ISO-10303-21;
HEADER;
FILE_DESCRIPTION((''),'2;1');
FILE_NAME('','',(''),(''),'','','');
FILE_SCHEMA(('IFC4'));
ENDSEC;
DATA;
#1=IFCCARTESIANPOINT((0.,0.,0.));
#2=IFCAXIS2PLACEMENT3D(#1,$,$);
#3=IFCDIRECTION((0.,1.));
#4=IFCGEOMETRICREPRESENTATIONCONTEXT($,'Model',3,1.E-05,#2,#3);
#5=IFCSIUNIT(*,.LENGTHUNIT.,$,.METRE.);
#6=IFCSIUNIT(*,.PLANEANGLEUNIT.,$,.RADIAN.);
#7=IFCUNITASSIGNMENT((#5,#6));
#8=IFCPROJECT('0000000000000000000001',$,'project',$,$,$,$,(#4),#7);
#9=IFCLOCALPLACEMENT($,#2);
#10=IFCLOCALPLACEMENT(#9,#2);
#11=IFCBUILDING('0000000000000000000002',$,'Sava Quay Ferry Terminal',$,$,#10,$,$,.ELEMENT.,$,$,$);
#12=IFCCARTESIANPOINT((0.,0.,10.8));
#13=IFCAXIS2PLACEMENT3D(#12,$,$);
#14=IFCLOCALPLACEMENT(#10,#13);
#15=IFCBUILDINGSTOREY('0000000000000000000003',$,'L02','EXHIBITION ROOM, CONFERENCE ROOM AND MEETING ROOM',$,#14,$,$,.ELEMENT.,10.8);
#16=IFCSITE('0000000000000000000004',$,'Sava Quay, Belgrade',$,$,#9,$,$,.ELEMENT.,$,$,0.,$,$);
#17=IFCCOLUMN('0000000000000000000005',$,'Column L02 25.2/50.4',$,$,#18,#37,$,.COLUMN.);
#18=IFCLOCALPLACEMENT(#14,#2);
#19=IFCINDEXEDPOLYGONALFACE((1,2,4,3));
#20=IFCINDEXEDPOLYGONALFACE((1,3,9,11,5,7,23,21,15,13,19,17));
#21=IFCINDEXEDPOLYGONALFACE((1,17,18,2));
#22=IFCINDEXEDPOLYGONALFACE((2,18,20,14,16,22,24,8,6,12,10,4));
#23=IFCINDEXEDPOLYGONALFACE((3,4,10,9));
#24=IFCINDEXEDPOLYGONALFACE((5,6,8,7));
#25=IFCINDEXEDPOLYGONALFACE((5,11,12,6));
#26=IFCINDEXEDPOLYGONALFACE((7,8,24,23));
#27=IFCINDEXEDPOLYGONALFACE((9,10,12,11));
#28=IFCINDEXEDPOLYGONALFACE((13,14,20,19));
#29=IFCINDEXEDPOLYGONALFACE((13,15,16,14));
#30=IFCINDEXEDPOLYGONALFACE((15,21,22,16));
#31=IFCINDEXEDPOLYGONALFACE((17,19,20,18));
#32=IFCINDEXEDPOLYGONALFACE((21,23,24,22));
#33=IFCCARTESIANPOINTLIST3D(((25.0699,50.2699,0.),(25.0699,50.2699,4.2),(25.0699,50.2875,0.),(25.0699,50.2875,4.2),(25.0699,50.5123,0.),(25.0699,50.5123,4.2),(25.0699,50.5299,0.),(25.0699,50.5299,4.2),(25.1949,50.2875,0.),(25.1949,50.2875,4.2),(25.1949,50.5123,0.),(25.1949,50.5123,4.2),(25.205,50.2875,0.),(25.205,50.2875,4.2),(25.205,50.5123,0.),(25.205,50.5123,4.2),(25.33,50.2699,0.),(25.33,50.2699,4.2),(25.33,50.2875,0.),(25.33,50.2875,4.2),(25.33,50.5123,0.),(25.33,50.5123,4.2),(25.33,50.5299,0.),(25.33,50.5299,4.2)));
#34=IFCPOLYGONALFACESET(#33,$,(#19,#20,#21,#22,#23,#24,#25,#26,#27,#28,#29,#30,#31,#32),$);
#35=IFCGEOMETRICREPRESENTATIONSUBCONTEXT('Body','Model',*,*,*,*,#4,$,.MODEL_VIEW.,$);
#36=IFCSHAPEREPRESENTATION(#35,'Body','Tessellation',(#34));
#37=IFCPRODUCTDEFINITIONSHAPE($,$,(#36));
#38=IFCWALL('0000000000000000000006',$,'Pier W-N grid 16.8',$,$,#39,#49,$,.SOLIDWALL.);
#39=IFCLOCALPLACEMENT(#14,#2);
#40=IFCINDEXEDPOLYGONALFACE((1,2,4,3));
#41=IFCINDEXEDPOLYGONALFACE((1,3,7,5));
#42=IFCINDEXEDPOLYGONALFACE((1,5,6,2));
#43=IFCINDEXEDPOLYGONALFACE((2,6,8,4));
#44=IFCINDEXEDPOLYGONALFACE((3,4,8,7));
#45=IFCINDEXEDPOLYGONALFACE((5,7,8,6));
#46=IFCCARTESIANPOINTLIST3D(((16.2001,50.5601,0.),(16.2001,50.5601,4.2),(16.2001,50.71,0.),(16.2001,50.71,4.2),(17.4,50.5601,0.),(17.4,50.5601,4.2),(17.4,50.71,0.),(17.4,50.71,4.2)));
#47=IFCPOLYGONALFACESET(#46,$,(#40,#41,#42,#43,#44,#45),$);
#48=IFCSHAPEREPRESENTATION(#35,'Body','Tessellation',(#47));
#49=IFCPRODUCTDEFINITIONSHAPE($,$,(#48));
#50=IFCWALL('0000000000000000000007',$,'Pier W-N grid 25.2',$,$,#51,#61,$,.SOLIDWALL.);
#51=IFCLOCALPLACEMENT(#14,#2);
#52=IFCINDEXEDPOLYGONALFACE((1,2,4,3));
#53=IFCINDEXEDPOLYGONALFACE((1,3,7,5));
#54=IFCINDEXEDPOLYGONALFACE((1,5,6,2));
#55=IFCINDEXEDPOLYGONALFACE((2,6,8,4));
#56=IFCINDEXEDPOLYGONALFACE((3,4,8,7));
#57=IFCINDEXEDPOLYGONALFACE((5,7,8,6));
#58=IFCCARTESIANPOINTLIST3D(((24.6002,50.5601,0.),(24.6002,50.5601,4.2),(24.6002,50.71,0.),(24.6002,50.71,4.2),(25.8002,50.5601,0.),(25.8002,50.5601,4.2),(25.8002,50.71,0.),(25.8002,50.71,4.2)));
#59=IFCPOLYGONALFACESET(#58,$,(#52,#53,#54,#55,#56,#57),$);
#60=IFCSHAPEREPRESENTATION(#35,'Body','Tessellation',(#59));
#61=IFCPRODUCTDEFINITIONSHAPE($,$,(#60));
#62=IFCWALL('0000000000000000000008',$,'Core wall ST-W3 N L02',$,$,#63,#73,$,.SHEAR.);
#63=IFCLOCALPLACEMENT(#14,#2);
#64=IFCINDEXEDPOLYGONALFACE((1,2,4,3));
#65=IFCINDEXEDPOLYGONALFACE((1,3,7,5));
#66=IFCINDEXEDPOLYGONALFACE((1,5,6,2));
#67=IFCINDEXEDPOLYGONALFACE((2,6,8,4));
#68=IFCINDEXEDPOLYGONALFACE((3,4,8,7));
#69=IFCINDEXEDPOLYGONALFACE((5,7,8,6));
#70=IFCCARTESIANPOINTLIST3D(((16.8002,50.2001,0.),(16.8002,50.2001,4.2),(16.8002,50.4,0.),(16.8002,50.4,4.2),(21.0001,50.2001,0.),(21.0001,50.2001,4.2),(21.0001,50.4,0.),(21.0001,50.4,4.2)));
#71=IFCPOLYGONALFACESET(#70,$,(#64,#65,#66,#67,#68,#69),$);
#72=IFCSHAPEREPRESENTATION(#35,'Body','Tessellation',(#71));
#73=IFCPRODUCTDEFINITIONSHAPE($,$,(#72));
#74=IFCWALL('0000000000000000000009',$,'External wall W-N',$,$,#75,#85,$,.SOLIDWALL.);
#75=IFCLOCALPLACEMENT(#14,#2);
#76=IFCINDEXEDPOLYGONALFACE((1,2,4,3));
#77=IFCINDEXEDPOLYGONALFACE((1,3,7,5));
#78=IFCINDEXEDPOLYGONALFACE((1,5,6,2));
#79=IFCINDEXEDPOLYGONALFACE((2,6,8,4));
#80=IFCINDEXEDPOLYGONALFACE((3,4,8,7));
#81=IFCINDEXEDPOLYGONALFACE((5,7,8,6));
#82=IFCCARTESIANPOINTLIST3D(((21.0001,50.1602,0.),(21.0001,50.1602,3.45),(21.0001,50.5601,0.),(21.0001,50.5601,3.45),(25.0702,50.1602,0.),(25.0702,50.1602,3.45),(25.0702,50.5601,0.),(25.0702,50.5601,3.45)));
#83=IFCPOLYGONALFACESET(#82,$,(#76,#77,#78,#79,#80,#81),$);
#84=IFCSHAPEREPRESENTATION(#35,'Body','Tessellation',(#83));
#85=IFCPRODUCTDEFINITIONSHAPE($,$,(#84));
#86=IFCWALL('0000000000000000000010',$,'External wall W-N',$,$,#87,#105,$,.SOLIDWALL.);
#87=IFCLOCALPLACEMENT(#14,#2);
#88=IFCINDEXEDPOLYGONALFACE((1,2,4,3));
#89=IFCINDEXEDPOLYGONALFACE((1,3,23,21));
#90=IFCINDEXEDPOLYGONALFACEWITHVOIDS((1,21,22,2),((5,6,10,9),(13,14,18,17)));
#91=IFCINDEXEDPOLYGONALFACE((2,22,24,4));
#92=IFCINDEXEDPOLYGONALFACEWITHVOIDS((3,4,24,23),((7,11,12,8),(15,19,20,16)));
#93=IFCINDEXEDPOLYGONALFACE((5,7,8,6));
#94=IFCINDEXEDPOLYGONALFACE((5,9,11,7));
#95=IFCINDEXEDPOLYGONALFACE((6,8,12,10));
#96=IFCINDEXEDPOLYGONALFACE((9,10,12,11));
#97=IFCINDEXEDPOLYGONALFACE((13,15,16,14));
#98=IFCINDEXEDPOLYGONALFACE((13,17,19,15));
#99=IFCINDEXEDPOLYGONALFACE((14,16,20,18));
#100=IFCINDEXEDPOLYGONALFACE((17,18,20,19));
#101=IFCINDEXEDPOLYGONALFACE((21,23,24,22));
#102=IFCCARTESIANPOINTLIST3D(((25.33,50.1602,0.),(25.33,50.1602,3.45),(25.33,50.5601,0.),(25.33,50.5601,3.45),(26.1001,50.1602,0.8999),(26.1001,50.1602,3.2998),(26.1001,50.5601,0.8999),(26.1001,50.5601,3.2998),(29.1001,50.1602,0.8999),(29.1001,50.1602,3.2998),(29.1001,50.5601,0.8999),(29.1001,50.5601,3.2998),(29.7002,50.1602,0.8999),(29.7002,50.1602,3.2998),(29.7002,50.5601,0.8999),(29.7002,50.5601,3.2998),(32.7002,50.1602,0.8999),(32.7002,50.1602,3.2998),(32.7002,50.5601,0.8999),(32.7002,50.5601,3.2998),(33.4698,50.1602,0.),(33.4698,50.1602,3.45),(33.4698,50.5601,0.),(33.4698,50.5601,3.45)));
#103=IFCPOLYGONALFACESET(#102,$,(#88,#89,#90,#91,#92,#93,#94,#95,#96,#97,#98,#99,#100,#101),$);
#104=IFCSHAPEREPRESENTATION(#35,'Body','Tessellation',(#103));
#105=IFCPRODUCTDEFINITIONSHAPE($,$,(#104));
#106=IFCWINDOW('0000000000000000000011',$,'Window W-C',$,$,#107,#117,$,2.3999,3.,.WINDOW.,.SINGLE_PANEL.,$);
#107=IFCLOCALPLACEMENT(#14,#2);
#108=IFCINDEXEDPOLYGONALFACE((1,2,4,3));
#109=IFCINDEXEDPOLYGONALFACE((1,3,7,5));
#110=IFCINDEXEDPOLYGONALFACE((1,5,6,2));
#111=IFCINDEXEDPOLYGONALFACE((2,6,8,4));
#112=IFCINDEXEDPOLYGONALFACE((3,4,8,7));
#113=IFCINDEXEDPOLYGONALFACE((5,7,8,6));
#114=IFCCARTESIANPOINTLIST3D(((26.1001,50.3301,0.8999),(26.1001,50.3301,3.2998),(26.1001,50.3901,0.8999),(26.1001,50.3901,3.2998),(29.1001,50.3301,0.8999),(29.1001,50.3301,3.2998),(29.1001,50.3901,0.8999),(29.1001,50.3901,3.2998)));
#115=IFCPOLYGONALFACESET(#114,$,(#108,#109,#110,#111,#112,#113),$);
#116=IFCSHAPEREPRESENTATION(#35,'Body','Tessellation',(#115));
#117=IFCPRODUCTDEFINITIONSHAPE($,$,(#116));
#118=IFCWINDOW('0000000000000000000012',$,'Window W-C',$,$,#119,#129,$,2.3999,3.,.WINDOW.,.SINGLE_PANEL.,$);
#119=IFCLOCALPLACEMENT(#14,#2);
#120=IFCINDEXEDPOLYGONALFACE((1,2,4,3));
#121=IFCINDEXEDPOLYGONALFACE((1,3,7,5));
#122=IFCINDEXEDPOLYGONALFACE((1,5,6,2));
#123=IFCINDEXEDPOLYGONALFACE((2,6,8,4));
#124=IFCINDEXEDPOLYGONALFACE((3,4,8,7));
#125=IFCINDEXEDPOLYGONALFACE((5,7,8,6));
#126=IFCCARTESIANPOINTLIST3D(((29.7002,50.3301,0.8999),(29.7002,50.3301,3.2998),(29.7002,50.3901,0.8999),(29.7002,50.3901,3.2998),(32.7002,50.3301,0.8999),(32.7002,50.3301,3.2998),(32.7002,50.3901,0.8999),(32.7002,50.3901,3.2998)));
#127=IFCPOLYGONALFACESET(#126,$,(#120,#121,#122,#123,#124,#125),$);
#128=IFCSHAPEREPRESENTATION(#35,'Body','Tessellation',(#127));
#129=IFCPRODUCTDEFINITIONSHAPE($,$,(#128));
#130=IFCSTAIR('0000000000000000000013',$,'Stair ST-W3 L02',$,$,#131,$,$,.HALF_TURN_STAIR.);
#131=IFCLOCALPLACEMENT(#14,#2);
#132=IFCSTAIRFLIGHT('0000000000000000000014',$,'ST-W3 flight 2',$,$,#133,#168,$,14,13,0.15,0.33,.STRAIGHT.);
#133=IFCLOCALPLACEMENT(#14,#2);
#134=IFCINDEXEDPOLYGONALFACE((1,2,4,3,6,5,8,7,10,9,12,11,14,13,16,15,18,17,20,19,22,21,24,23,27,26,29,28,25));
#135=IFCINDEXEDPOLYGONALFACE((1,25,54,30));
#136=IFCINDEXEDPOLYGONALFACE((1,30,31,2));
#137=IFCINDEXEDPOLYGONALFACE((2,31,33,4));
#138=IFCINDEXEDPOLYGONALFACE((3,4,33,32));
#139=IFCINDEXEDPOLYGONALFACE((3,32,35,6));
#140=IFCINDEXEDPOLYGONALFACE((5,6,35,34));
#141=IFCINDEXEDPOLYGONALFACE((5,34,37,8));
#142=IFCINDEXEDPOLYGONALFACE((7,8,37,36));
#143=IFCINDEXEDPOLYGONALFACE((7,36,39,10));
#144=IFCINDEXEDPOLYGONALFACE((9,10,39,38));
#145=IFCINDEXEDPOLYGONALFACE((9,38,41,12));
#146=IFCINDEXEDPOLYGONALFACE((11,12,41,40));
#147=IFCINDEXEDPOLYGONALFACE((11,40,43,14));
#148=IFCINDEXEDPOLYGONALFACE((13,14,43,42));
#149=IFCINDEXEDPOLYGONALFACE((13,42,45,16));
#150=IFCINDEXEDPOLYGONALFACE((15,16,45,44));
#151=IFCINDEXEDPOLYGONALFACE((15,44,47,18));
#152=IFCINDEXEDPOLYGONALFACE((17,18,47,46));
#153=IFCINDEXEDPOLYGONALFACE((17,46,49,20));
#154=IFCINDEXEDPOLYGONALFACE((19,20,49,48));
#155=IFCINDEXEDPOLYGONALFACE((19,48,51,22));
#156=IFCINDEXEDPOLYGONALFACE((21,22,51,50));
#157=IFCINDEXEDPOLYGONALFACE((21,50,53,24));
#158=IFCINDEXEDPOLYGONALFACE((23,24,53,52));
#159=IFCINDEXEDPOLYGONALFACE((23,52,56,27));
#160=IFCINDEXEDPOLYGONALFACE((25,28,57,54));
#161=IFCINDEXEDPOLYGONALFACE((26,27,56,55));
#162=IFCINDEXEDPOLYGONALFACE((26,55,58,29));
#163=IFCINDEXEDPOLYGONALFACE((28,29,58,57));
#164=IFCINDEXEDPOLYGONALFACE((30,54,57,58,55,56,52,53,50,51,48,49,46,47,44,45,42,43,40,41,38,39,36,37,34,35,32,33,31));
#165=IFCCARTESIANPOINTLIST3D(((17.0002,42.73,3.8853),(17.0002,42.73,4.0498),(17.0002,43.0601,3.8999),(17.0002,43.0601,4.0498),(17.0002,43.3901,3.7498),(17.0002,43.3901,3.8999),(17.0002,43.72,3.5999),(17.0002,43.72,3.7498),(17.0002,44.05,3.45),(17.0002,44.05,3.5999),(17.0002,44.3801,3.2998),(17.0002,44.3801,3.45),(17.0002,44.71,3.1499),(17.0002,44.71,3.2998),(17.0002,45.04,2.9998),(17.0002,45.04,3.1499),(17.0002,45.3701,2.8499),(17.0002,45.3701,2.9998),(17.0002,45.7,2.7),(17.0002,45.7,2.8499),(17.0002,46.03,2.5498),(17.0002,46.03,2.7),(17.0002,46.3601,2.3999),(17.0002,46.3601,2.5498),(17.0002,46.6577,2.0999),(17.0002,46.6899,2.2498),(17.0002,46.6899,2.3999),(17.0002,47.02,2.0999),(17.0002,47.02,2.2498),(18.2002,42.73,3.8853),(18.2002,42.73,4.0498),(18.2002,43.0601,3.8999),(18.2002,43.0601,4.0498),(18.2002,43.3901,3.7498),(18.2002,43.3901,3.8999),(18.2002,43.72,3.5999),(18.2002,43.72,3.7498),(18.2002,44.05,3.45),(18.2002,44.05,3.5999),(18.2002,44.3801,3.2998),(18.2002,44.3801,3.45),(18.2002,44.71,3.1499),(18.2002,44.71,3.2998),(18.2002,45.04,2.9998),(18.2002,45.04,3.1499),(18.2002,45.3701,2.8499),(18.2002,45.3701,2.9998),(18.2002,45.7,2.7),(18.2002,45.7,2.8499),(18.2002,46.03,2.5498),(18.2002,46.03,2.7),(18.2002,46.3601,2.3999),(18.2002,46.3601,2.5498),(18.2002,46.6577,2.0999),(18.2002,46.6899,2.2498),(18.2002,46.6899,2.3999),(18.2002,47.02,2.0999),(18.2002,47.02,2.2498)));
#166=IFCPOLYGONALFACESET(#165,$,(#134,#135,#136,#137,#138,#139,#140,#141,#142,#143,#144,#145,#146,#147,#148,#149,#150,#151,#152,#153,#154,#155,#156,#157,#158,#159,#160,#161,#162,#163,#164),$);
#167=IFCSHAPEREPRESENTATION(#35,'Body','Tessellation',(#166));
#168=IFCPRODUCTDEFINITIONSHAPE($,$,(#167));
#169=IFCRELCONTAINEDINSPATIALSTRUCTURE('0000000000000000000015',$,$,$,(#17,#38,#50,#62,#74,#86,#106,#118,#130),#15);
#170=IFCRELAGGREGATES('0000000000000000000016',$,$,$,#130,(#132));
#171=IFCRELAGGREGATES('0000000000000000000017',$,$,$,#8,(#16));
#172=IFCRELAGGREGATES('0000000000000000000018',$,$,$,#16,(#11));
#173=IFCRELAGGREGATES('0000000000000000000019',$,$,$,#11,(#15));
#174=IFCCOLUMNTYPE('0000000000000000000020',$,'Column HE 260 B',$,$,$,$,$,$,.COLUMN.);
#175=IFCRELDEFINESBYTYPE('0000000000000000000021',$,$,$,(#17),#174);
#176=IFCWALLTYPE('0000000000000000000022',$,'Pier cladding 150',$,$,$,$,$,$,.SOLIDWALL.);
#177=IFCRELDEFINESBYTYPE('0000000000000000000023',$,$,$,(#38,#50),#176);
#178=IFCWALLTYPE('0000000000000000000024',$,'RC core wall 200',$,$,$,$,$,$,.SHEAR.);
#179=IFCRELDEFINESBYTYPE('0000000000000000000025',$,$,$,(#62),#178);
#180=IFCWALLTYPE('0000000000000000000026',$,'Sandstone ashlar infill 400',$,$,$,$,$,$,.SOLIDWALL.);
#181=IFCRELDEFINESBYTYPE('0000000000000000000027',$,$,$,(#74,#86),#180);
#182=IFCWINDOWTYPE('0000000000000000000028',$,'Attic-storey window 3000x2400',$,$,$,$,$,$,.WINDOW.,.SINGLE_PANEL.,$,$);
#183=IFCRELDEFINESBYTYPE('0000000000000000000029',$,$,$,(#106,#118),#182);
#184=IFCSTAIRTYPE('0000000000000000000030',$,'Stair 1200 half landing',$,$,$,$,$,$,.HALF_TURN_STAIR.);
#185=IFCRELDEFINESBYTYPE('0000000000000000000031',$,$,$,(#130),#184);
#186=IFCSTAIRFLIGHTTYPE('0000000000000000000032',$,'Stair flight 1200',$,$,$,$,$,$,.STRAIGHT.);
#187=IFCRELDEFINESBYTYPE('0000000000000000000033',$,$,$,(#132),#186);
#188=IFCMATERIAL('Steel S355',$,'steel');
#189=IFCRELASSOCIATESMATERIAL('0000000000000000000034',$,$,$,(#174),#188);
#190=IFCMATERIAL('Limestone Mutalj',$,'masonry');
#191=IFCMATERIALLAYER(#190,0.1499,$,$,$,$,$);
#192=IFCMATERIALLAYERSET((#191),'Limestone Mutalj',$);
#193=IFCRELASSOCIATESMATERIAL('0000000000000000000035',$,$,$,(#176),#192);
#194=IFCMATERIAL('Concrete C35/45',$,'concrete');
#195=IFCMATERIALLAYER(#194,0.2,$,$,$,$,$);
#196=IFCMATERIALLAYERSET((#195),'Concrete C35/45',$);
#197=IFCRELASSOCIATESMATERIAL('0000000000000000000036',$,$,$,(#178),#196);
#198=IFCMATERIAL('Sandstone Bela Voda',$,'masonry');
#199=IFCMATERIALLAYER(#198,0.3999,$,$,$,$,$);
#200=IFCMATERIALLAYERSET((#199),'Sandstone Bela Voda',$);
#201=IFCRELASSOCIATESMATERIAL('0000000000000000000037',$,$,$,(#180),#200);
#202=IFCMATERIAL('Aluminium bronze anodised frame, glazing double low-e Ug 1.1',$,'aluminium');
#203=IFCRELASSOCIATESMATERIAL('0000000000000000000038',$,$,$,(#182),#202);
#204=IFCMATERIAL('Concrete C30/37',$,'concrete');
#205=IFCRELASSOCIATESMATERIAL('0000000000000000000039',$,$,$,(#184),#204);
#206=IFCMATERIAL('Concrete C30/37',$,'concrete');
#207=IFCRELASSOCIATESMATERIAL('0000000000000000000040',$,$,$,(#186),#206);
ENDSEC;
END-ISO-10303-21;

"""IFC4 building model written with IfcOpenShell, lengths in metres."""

from ifc_helpers import new_model, si_unit, direction, frame, frame_2d, origin, origin_2d, place, context, subcontext, project, spatial, polyline, rectangle, i_section, outline, extrude, material, layer, layer_set, material_profile, profile_set, type_object, element, fill, aggregate, save


model = new_model("IFC4")

# Units and contexts
model_context = context("Model", 3, precision=1e-05, world=origin(), true_north=direction((0.0, 1.0)))
body_context = subcontext(model_context, "Body", "Model", "MODEL_VIEW")
ifc_project = project(units=[si_unit("LENGTHUNIT", "METRE"), si_unit("PLANEANGLEUNIT", "RADIAN")], contexts=[model_context])

# Site, building, storey
site_placement = place(None, origin())
site = spatial("IfcSite", under=ifc_project, at=site_placement, Name="Sava Quay, Belgrade", CompositionType="ELEMENT", RefElevation=0.0)
building_placement = place(site_placement, origin())
building = spatial("IfcBuilding", under=site, at=building_placement, Name="Sava Quay Ferry Terminal", CompositionType="ELEMENT")
storey_placement = place(building_placement, frame((0.0, 0.0, 10.8)))
storey = spatial("IfcBuildingStorey", under=building, at=storey_placement, Name="L02", Description="EXHIBITION ROOM, CONFERENCE ROOM AND MEETING ROOM", CompositionType="ELEMENT", Elevation=10.8)

# Column
ifc_material_1 = material(Name="Steel S355", Category="steel")
ifc_material_profile = material_profile(ifc_material_1, i_section(OverallWidth=0.26, OverallDepth=0.26, WebThickness=0.01, FlangeThickness=0.0176, at=origin_2d()), Name="HE 260 B")
ifc_profile_set = profile_set([ifc_material_profile], Name="Steel S355")
column_type = type_object("IfcColumnType", Name="Column HE 260 B", PredefinedType="COLUMN", material=ifc_profile_set)
column_placement = place(storey_placement, frame((25.2, 50.3999, 0.0), z_axis=(0.0, 0.0, 1.0), x_axis=(1.0, 0.0, 0.0)))
element("IfcColumn", 1, at=column_placement, inside=storey, type_object=column_type, Name="Column L02 25.2/50.4", PredefinedType="COLUMN", context=body_context, shape_type="SweptSolid", body=[
    extrude(i_section(OverallWidth=0.26, OverallDepth=0.26, WebThickness=0.01, FlangeThickness=0.0176, at=origin_2d()), origin(), (0.0, 0.0, 1.0), 4.2),
])

# Walls
ifc_material_2 = material(Name="Limestone Mutalj", Category="masonry")
ifc_layer_1 = layer(ifc_material_2, 0.1499)
ifc_layer_set_1 = layer_set([ifc_layer_1], Name="Limestone Mutalj")
wall_type_1 = type_object("IfcWallType", Name="Pier cladding 150", PredefinedType="SOLIDWALL", material=ifc_layer_set_1)
for number, where, z_axis, x_axis, name in (
    (2, (16.2, 50.635, 0.0), (0.0, 0.0, 1.0), (1.0, 0.0, 0.0), "Pier W-N grid 16.8"),
    (3, (24.6001, 50.635, 0.0), (0.0, 0.0, 1.0), (1.0, 0.0, 0.0), "Pier W-N grid 25.2"),
):
    element("IfcWall", number, at=place(storey_placement, frame(where, z_axis=z_axis, x_axis=x_axis)), inside=storey, type_object=wall_type_1, Name=name, PredefinedType="SOLIDWALL", context=body_context, shape_type="SweptSolid", body=[
        extrude(rectangle(XDim=1.2, YDim=0.1499, at=frame_2d((0.6001, 0.0))), origin(), (0.0, 0.0, 1.0), 4.2),
    ])
ifc_material_3 = material(Name="Concrete C35/45", Category="concrete")
ifc_layer_2 = layer(ifc_material_3, 0.2)
ifc_layer_set_2 = layer_set([ifc_layer_2], Name="Concrete C35/45")
wall_type_2 = type_object("IfcWallType", Name="RC core wall 200", PredefinedType="SHEAR", material=ifc_layer_set_2)
wall_1_placement = place(storey_placement, frame((16.8, 50.3, 0.0), z_axis=(0.0, 0.0, 1.0), x_axis=(1.0, 0.0, 0.0)))
element("IfcWall", 4, at=wall_1_placement, inside=storey, type_object=wall_type_2, Name="Core wall ST-W3 N L02", PredefinedType="SHEAR", context=body_context, shape_type="SweptSolid", body=[
    extrude(rectangle(XDim=4.2, YDim=0.2, at=frame_2d((2.1001, 0.0))), origin(), (0.0, 0.0, 1.0), 4.2),
])
ifc_material_4 = material(Name="Sandstone Bela Voda", Category="masonry")
ifc_layer_3 = layer(ifc_material_4, 0.3999)
ifc_layer_set_3 = layer_set([ifc_layer_3], Name="Sandstone Bela Voda")
wall_type_3 = type_object("IfcWallType", Name="Sandstone ashlar infill 400", PredefinedType="SOLIDWALL", material=ifc_layer_set_3)
wall_2_placement = place(storey_placement, frame((21.0, 50.3601, 0.0), z_axis=(0.0, 0.0, 1.0), x_axis=(1.0, 0.0, 0.0)))
element("IfcWall", 5, at=wall_2_placement, inside=storey, type_object=wall_type_3, Name="External wall W-N", PredefinedType="SOLIDWALL", context=body_context, shape_type="SweptSolid", body=[
    extrude(rectangle(XDim=4.0701, YDim=0.3999, at=frame_2d((2.0352, 0.0))), origin(), (0.0, 0.0, 1.0), 3.45),
])

# Wall, openings, windows
wall_3_placement = place(storey_placement, frame((25.3301, 50.3601, 0.0), z_axis=(0.0, 0.0, 1.0), x_axis=(1.0, 0.0, 0.0)))
wall_3 = element("IfcWall", 6, at=wall_3_placement, inside=storey, type_object=wall_type_3, Name="External wall W-N", PredefinedType="SOLIDWALL", context=body_context, shape_type="SweptSolid", body=[
    extrude(rectangle(XDim=8.1399, YDim=0.3999, at=frame_2d((4.0698, 0.0))), origin(), (0.0, 0.0, 1.0), 3.45),
])
opening_1_placement = place(wall_3_placement, frame((0.77, 0.0, 0.8999)))
opening_1 = element("IfcOpeningElement", 7, at=opening_1_placement, cuts=wall_3, PredefinedType="OPENING", context=body_context, shape_type="SweptSolid", body=[
    extrude(rectangle(XDim=3.0, YDim=2.3999, at=frame_2d((1.5, 1.2))), frame((0.0, 0.2, 0.0), z_axis=(0.0, -1.0, 0.0), x_axis=(1.0, 0.0, 0.0)), (0.0, 0.0, 1.0), 0.3999),
])
opening_2_placement = place(wall_3_placement, frame((4.3701, 0.0, 0.8999)))
opening_2 = element("IfcOpeningElement", 8, at=opening_2_placement, cuts=wall_3, PredefinedType="OPENING", context=body_context, shape_type="SweptSolid", body=[
    extrude(rectangle(XDim=3.0, YDim=2.3999, at=frame_2d((1.5, 1.2))), frame((0.0, 0.2, 0.0), z_axis=(0.0, -1.0, 0.0), x_axis=(1.0, 0.0, 0.0)), (0.0, 0.0, 1.0), 0.3999),
])
ifc_material_5 = material(Name="Aluminium bronze anodised frame, glazing double low-e Ug 1.1", Category="aluminium")
window_type = type_object("IfcWindowType", Name="Attic-storey window 3000x2400", PartitioningType="SINGLE_PANEL", PredefinedType="WINDOW", material=ifc_material_5)
window_1_placement = place(opening_1_placement, origin())
window_1 = element("IfcWindow", 9, at=window_1_placement, inside=storey, type_object=window_type, Name="Window W-C", OverallHeight=2.3999, OverallWidth=3.0, PartitioningType="SINGLE_PANEL", PredefinedType="WINDOW", context=body_context, shape_type="SweptSolid", body=[
    extrude(rectangle(XDim=3.0, YDim=2.3999, at=frame_2d((1.5, 1.2))), frame((0.0, 0.03, 0.0), z_axis=(0.0, -1.0, 0.0), x_axis=(1.0, 0.0, 0.0)), (0.0, 0.0, 1.0), 0.0601),
])
fill(opening_1, window_1)
window_2_placement = place(opening_2_placement, origin())
window_2 = element("IfcWindow", 10, at=window_2_placement, inside=storey, type_object=window_type, Name="Window W-C", OverallHeight=2.3999, OverallWidth=3.0, PartitioningType="SINGLE_PANEL", PredefinedType="WINDOW", context=body_context, shape_type="SweptSolid", body=[
    extrude(rectangle(XDim=3.0, YDim=2.3999, at=frame_2d((1.5, 1.2))), frame((0.0, 0.03, 0.0), z_axis=(0.0, -1.0, 0.0), x_axis=(1.0, 0.0, 0.0)), (0.0, 0.0, 1.0), 0.0601),
])
fill(opening_2, window_2)

# Stair, stair flight
ifc_material_6 = material(Name="Concrete C30/37", Category="concrete")
stair_type = type_object("IfcStairType", Name="Stair 1200 half landing", PredefinedType="HALF_TURN_STAIR", material=ifc_material_6)
stair_placement = place(storey_placement, origin())
stair = element("IfcStair", 11, at=stair_placement, inside=storey, type_object=stair_type, Name="Stair ST-W3 L02", PredefinedType="HALF_TURN_STAIR")
ifc_material_7 = material(Name="Concrete C30/37", Category="concrete")
stair_flight_type = type_object("IfcStairFlightType", Name="Stair flight 1200", PredefinedType="STRAIGHT", material=ifc_material_7)
stair_flight_placement = place(storey_placement, frame((17.6001, 47.02, 2.0999), z_axis=(0.0, 0.0, 1.0), x_axis=(0.0, -1.0, 0.0)))
stair_flight = element("IfcStairFlight", 12, at=stair_flight_placement, type_object=stair_flight_type, Name="ST-W3 flight 2", NumberOfRisers=14, NumberOfTreads=13, PredefinedType="STRAIGHT", RiserHeight=0.15, TreadLength=0.33, context=body_context, shape_type="SweptSolid", body=[
    extrude(outline(polyline([(0.0, 0.0), (0.0, 0.1499), (0.3301, 0.1499), (0.3301, 0.3), (0.6599, 0.3), (0.6599, 0.45), (0.99, 0.45), (0.99, 0.6001), (1.3201, 0.6001), (1.3201, 0.75), (1.6499, 0.75), (1.6499, 0.8999), (1.98, 0.8999), (1.98, 1.05), (2.3101, 1.05), (2.3101, 1.2), (2.6399, 1.2), (2.6399, 1.3501), (2.97, 1.3501), (2.97, 1.5), (3.3, 1.5), (3.3, 1.6499), (3.6299, 1.6499), (3.6299, 1.8), (3.96, 1.8), (3.96, 1.95), (4.29, 1.95), (4.29, 2.1001), (4.29, 1.7854), (0.3623, 0.0), (0.0, 0.0)])), frame((0.0, 0.6001, 0.0), z_axis=(0.0, -1.0, 0.0), x_axis=(1.0, 0.0, 0.0)), (0.0, 0.0, 1.0), 1.2),
])
aggregate(stair, [stair_flight])

save(model, "model.ifc")
